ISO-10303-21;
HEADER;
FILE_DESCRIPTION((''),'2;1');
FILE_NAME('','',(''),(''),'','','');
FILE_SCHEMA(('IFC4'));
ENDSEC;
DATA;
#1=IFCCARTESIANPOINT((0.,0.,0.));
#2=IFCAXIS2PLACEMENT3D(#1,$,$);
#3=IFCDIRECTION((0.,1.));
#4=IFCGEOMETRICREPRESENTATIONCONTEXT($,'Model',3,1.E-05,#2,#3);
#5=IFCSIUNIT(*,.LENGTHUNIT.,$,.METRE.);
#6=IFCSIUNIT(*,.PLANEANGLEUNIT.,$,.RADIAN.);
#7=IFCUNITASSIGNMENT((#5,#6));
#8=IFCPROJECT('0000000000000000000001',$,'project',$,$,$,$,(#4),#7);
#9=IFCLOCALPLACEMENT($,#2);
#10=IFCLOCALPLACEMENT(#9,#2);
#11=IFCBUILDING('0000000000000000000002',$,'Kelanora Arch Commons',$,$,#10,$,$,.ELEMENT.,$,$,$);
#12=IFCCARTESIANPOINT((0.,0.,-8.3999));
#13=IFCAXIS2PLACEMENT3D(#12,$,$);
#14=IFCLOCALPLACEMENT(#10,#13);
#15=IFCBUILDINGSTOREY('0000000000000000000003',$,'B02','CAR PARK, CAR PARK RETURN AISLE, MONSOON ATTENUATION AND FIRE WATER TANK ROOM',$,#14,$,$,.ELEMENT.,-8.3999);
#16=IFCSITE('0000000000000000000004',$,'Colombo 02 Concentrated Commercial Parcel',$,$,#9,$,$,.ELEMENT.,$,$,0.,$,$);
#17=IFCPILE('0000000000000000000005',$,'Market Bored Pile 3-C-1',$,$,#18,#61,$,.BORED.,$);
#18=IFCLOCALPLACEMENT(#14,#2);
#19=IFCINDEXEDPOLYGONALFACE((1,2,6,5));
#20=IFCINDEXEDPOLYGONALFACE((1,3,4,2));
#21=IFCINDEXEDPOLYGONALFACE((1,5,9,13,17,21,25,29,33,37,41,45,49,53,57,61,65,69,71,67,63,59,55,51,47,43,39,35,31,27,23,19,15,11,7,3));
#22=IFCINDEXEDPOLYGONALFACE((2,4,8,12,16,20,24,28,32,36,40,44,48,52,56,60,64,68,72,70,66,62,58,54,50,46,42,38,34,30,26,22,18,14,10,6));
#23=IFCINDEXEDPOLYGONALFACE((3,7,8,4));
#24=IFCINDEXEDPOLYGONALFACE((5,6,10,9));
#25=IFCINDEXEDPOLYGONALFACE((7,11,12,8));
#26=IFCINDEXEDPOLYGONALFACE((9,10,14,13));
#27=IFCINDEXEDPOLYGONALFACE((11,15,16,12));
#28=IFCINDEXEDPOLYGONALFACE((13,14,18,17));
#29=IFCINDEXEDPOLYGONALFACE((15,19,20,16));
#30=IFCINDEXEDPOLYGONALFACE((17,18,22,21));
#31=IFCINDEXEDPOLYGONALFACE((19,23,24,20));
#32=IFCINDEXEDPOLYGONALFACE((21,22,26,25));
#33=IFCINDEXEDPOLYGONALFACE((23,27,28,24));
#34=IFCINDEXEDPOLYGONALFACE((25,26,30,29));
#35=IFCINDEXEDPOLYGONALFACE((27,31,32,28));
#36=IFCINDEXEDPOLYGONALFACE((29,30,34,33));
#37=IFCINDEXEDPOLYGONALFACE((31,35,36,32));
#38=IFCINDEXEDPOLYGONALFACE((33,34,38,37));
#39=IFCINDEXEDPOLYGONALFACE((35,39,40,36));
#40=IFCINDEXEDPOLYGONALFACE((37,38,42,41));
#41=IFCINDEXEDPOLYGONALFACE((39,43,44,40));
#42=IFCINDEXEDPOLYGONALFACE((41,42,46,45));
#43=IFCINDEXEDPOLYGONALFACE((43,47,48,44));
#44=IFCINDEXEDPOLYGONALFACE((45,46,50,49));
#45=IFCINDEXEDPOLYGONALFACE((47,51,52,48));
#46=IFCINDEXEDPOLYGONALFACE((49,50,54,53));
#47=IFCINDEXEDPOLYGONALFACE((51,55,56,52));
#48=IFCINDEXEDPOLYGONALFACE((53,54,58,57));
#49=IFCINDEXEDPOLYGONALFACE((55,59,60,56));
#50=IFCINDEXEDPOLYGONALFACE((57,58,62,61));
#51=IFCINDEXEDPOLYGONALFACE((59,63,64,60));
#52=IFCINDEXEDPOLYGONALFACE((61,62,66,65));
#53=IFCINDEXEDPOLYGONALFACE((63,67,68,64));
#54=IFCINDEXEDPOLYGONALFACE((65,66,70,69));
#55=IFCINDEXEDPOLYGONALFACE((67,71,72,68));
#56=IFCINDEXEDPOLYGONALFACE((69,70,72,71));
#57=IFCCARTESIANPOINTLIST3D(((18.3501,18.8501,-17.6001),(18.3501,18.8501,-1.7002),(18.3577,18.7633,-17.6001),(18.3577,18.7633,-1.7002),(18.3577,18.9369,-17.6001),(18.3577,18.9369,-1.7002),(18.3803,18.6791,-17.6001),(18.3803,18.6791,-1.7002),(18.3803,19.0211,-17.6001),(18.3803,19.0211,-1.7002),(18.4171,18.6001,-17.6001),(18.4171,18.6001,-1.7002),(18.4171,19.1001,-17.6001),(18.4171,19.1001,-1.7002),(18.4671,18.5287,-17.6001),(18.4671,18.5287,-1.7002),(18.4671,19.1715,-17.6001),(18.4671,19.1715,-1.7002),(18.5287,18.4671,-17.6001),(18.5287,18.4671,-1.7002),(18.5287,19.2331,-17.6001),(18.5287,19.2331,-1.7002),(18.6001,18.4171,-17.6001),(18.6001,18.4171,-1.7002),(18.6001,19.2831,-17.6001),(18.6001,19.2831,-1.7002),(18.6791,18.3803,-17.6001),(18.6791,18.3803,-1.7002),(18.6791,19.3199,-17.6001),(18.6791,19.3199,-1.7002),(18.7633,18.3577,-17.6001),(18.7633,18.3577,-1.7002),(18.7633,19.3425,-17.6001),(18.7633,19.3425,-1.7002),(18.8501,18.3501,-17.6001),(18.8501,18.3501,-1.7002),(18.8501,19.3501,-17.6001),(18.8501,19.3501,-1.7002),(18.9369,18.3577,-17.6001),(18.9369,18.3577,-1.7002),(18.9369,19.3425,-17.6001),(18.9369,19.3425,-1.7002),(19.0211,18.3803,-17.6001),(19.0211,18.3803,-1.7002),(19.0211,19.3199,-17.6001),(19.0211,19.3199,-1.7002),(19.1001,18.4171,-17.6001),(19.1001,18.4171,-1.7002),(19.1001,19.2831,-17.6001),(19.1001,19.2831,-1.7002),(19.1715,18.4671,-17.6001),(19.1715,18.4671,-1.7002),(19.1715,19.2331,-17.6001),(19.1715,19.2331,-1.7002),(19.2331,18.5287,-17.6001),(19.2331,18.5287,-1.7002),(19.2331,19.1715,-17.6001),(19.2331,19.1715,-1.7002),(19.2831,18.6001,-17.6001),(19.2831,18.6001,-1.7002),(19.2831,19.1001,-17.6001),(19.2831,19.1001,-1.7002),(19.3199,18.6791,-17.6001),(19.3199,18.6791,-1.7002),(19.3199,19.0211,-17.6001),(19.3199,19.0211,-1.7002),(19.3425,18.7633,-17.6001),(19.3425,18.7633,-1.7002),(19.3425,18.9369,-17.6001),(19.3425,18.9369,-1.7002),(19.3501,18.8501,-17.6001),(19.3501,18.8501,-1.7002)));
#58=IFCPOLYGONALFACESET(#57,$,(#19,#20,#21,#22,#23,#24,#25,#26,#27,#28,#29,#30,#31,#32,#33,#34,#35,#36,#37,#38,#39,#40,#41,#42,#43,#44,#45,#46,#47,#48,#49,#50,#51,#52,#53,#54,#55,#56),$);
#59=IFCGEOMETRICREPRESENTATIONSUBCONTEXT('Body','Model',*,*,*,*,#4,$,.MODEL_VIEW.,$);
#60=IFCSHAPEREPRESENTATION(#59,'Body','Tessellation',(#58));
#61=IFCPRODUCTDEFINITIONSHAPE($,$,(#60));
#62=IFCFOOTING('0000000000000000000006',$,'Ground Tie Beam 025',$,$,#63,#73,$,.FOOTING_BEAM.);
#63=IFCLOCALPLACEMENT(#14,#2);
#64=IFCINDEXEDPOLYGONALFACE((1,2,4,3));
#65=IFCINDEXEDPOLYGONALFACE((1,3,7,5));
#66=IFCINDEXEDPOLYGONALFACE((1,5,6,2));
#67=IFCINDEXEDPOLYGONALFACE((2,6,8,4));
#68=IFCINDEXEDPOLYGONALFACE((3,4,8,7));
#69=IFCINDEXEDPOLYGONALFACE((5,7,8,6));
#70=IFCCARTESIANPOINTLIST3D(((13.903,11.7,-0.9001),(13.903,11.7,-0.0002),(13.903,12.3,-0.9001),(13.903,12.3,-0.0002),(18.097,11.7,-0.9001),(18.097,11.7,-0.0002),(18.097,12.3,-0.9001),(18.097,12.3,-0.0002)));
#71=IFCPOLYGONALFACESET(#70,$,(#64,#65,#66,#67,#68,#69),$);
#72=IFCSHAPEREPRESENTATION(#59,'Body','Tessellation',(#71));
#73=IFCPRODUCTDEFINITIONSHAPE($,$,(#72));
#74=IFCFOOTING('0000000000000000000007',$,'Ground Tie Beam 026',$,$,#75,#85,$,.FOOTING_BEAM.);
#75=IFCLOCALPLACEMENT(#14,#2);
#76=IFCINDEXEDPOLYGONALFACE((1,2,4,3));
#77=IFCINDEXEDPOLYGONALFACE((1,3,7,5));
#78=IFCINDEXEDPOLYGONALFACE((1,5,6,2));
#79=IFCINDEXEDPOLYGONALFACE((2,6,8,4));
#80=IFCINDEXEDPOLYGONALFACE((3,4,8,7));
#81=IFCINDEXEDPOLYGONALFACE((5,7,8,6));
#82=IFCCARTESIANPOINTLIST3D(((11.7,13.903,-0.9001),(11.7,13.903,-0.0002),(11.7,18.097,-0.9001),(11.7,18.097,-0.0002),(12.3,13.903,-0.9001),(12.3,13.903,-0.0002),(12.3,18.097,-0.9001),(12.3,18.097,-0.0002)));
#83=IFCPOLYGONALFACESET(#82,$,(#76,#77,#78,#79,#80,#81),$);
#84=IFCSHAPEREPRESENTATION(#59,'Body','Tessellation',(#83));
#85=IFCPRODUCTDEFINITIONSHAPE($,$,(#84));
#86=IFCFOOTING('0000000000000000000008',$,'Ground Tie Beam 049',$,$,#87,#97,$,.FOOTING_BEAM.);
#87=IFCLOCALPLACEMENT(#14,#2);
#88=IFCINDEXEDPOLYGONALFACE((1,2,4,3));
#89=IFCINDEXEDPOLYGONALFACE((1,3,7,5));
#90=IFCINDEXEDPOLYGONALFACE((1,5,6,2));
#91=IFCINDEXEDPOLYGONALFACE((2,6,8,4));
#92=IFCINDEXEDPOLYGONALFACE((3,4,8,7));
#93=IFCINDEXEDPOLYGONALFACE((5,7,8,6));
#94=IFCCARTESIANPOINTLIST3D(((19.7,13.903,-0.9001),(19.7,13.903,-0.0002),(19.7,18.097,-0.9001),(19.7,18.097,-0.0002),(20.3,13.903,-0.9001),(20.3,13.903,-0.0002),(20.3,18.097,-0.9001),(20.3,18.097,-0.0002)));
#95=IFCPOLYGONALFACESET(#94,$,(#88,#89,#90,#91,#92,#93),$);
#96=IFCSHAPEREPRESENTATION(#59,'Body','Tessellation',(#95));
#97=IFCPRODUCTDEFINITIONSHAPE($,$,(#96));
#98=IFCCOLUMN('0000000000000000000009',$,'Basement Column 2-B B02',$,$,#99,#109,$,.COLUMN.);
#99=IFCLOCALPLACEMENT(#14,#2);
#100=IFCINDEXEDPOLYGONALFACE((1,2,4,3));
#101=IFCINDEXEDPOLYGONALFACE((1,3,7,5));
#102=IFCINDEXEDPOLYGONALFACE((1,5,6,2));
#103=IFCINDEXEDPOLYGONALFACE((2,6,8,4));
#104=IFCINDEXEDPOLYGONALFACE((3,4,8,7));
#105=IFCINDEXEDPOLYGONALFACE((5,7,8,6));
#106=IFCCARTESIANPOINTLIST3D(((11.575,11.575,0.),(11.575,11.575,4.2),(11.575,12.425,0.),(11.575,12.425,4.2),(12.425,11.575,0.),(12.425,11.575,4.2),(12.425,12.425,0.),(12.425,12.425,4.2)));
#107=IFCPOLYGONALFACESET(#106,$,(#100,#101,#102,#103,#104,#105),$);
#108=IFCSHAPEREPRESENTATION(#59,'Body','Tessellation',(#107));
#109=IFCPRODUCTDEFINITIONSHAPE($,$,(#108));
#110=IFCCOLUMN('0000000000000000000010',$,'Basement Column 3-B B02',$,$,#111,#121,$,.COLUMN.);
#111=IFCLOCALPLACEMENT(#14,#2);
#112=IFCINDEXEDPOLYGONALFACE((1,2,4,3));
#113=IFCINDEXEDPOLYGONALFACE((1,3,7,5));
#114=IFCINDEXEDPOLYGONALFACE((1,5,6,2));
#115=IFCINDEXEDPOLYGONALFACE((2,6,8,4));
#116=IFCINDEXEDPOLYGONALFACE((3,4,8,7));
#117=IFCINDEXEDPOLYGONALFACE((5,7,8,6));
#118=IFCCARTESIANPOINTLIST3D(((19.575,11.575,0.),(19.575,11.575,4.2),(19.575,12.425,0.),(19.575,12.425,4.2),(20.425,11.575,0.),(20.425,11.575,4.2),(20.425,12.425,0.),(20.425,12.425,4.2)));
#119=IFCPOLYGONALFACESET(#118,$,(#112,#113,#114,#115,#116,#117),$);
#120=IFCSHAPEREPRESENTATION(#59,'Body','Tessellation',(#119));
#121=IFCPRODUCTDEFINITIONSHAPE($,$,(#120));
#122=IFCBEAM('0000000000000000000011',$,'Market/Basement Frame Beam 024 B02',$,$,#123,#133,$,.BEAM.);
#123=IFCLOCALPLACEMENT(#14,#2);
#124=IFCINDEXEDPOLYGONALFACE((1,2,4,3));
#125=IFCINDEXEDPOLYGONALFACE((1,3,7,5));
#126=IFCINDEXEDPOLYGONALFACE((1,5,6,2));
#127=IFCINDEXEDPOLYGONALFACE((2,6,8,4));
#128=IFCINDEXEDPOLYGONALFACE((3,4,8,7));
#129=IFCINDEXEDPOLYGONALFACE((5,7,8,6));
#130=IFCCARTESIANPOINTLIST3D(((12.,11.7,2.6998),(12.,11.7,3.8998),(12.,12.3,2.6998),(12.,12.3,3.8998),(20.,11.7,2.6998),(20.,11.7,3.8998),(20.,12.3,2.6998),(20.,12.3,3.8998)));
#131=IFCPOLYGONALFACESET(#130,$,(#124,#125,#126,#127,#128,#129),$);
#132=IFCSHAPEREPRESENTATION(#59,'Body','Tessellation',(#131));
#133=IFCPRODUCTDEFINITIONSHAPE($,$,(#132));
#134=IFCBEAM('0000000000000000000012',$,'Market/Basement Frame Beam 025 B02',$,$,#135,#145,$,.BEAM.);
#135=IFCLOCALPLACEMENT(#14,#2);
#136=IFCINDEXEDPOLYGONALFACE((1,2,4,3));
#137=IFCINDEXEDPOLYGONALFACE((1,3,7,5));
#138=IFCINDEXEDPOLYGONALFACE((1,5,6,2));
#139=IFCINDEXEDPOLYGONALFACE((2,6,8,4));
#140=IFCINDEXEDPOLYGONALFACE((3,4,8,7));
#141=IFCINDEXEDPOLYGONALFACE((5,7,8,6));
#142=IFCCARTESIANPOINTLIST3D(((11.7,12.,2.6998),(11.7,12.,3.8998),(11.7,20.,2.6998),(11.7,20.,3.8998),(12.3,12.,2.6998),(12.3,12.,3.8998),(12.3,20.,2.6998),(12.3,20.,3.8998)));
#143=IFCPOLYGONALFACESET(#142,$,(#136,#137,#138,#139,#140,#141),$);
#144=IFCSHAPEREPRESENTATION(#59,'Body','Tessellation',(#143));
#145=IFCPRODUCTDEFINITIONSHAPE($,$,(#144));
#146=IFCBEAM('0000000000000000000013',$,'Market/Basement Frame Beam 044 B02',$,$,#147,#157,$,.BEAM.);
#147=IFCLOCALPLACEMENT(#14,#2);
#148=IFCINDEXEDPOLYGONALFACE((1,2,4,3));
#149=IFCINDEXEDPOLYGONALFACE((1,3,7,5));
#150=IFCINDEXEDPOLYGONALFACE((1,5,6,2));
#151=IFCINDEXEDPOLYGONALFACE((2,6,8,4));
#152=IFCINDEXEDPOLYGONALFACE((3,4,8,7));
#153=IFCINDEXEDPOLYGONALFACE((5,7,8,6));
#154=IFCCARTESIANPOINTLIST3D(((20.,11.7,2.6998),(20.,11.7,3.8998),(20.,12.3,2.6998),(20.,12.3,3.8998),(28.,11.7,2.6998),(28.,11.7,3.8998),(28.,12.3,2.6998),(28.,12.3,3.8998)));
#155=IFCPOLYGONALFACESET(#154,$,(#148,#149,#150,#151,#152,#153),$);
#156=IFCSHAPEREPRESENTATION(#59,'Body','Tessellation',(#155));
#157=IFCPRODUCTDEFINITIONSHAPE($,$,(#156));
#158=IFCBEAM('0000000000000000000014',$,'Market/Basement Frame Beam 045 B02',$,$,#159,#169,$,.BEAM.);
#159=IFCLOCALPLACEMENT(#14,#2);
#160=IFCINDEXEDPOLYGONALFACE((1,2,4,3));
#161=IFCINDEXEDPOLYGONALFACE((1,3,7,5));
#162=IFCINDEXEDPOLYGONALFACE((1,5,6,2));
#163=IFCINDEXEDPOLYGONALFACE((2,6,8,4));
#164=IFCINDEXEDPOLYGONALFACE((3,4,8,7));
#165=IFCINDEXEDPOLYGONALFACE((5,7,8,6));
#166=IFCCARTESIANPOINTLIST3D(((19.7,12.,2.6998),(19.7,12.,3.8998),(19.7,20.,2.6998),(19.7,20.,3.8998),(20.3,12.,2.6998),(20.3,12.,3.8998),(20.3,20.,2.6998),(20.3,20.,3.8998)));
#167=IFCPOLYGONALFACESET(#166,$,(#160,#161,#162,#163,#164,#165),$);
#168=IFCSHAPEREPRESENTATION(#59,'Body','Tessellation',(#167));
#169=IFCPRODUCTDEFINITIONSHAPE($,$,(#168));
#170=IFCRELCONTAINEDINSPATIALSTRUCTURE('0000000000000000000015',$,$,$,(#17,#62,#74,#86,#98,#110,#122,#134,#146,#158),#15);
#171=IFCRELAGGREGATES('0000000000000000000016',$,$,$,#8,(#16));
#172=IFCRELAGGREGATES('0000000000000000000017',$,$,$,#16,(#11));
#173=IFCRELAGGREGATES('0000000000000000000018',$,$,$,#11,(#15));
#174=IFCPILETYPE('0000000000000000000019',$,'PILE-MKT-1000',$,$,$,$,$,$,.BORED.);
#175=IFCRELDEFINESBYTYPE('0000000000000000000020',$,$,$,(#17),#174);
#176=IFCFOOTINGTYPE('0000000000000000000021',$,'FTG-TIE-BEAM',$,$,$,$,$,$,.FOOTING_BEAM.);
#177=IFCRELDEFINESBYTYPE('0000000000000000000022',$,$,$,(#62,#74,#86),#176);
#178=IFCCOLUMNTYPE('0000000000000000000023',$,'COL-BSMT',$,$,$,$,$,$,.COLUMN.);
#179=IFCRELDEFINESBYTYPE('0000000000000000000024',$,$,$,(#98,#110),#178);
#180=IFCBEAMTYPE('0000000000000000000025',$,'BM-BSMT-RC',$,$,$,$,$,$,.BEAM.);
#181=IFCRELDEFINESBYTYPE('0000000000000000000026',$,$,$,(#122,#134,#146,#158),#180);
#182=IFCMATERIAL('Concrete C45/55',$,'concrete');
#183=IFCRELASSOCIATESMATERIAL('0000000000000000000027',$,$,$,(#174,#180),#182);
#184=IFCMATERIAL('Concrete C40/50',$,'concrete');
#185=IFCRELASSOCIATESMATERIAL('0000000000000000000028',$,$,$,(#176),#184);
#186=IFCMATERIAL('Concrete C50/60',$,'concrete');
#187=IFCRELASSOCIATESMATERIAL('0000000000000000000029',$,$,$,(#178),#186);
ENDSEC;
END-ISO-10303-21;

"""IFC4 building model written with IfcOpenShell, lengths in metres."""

from ifc_helpers import new_model, si_unit, direction, frame, origin, origin_2d, place, context, subcontext, project, spatial, rectangle, circle, extrude, source, transform, mapped, material, material_profile, profile_set, type_object, element, save


model = new_model("IFC4")

# Units and contexts
model_context = context("Model", 3, precision=1e-05, world=origin(), true_north=direction((0.0, 1.0)))
body_context = subcontext(model_context, "Body", "Model", "MODEL_VIEW")
ifc_project = project(units=[si_unit("LENGTHUNIT", "METRE"), si_unit("PLANEANGLEUNIT", "RADIAN")], contexts=[model_context])

# Site, building, storey
site_placement = place(None, origin())
site = spatial("IfcSite", under=ifc_project, at=site_placement, Name="Colombo 02 Concentrated Commercial Parcel", CompositionType="ELEMENT", RefElevation=0.0)
building_placement = place(site_placement, origin())
building = spatial("IfcBuilding", under=site, at=building_placement, Name="Kelanora Arch Commons", CompositionType="ELEMENT")
storey_placement = place(building_placement, frame((0.0, 0.0, -8.3999)))
storey = spatial("IfcBuildingStorey", under=building, at=storey_placement, Name="B02", Description="CAR PARK, CAR PARK RETURN AISLE, MONSOON ATTENUATION AND FIRE WATER TANK ROOM", CompositionType="ELEMENT", Elevation=-8.3999)

# Shared definitions
ifc_material_1 = material(Name="Concrete C40/50", Category="concrete")

# Pile
ifc_material_2 = material(Name="Concrete C45/55", Category="concrete")
ifc_material_profile_1 = material_profile(ifc_material_2, circle(Radius=0.5, at=origin_2d()), Name="PILE1000")
ifc_profile_set_1 = profile_set([ifc_material_profile_1], Name="Concrete C45/55")
pile_type = type_object("IfcPileType", Name="PILE-MKT-1000", PredefinedType="BORED", material=ifc_profile_set_1)
shared_shape_1 = source(origin(), body_context, "Body", "SweptSolid", [
    extrude(circle(Radius=0.5, at=origin_2d()), origin(), (0.0, 0.0, 1.0), 15.8999),
])
for number, where, z_axis, x_axis, name in (
    (1, (18.8501, 18.8501, -1.7002), (0.0, 0.0, -1.0), (1.0, 0.0, 0.0), "Market Bored Pile 3-C-1"),
):
    element("IfcPile", number, at=place(storey_placement, frame(where, z_axis=z_axis, x_axis=x_axis)), inside=storey, type_object=pile_type, Name=name, PredefinedType="BORED", context=body_context, shape_type="MappedRepresentation", body=[
        mapped(shared_shape_1, transform((0.0, 0.0, 0.0), scale=1.0)),
    ])

# Footings
footing_type_1 = type_object("IfcFootingType", Name="FTG-TIE-BEAM", PredefinedType="FOOTING_BEAM", material=ifc_material_1)
shared_shape_2 = source(origin(), body_context, "Body", "SweptSolid", [
    extrude(rectangle(XDim=4.1941, YDim=0.6001, at=origin_2d()), origin(), (0.0, 0.0, 1.0), 0.8999),
])
for number, where, z_axis, x_axis, name in (
    (2, (16.0, 12.0, -0.9001), (0.0, 0.0, 1.0), (1.0, 0.0, 0.0), "Ground Tie Beam 025"),
    (3, (12.0, 16.0, -0.9001), (0.0, 0.0, 1.0), (0.0, 1.0, 0.0), "Ground Tie Beam 026"),
    (4, (20.0, 16.0, -0.9001), (0.0, 0.0, 1.0), (0.0, 1.0, 0.0), "Ground Tie Beam 049"),
):
    element("IfcFooting", number, at=place(storey_placement, frame(where, z_axis=z_axis, x_axis=x_axis)), inside=storey, type_object=footing_type_1, Name=name, PredefinedType="FOOTING_BEAM", context=body_context, shape_type="MappedRepresentation", body=[
        mapped(shared_shape_2, transform((0.0, 0.0, 0.0), scale=1.0)),
    ])

# Columns
ifc_material_3 = material(Name="Concrete C50/60", Category="concrete")
ifc_material_profile_2 = material_profile(ifc_material_3, rectangle(XDim=0.8501, YDim=0.8501, at=origin_2d()), Name="RC850x850")
ifc_profile_set_2 = profile_set([ifc_material_profile_2], Name="Concrete C50/60")
column_type = type_object("IfcColumnType", Name="COL-BSMT", PredefinedType="COLUMN", material=ifc_profile_set_2)
for number, where, z_axis, x_axis, name in (
    (5, (12.0, 12.0, 0.0), (0.0, 0.0, 1.0), (1.0, 0.0, 0.0), "Basement Column 2-B B02"),
    (6, (20.0, 12.0, 0.0), (0.0, 0.0, 1.0), (1.0, 0.0, 0.0), "Basement Column 3-B B02"),
):
    element("IfcColumn", number, at=place(storey_placement, frame(where, z_axis=z_axis, x_axis=x_axis)), inside=storey, type_object=column_type, Name=name, PredefinedType="COLUMN", context=body_context, shape_type="SweptSolid", body=[
        extrude(rectangle(XDim=0.8501, YDim=0.8501, at=origin_2d()), origin(), (0.0, 0.0, 1.0), 4.2),
    ])

# Beams
ifc_material_profile_3 = material_profile(ifc_material_2, rectangle(XDim=0.6001, YDim=1.2, at=origin_2d()), Name="RCB600x1200")
ifc_profile_set_3 = profile_set([ifc_material_profile_3], Name="Concrete C45/55")
beam_type = type_object("IfcBeamType", Name="BM-BSMT-RC", PredefinedType="BEAM", material=ifc_profile_set_3)
for number, where, z_axis, x_axis, name in (
    (7, (12.0, 12.0, 3.2998), (1.0, 0.0, 0.0), (0.0, 1.0, 0.0), "Market/Basement Frame Beam 024 B02"),
    (8, (12.0, 12.0, 3.2998), (0.0, 1.0, 0.0), (-1.0, 0.0, 0.0), "Market/Basement Frame Beam 025 B02"),
    (9, (20.0, 12.0, 3.2998), (1.0, 0.0, 0.0), (0.0, 1.0, 0.0), "Market/Basement Frame Beam 044 B02"),
    (10, (20.0, 12.0, 3.2998), (0.0, 1.0, 0.0), (-1.0, 0.0, 0.0), "Market/Basement Frame Beam 045 B02"),
):
    element("IfcBeam", number, at=place(storey_placement, frame(where, z_axis=z_axis, x_axis=x_axis)), inside=storey, type_object=beam_type, Name=name, PredefinedType="BEAM", context=body_context, shape_type="SweptSolid", body=[
        extrude(rectangle(XDim=0.6001, YDim=1.2, at=origin_2d()), origin(), (0.0, 0.0, 1.0), 8.0),
    ])

save(model, "model.ifc")
